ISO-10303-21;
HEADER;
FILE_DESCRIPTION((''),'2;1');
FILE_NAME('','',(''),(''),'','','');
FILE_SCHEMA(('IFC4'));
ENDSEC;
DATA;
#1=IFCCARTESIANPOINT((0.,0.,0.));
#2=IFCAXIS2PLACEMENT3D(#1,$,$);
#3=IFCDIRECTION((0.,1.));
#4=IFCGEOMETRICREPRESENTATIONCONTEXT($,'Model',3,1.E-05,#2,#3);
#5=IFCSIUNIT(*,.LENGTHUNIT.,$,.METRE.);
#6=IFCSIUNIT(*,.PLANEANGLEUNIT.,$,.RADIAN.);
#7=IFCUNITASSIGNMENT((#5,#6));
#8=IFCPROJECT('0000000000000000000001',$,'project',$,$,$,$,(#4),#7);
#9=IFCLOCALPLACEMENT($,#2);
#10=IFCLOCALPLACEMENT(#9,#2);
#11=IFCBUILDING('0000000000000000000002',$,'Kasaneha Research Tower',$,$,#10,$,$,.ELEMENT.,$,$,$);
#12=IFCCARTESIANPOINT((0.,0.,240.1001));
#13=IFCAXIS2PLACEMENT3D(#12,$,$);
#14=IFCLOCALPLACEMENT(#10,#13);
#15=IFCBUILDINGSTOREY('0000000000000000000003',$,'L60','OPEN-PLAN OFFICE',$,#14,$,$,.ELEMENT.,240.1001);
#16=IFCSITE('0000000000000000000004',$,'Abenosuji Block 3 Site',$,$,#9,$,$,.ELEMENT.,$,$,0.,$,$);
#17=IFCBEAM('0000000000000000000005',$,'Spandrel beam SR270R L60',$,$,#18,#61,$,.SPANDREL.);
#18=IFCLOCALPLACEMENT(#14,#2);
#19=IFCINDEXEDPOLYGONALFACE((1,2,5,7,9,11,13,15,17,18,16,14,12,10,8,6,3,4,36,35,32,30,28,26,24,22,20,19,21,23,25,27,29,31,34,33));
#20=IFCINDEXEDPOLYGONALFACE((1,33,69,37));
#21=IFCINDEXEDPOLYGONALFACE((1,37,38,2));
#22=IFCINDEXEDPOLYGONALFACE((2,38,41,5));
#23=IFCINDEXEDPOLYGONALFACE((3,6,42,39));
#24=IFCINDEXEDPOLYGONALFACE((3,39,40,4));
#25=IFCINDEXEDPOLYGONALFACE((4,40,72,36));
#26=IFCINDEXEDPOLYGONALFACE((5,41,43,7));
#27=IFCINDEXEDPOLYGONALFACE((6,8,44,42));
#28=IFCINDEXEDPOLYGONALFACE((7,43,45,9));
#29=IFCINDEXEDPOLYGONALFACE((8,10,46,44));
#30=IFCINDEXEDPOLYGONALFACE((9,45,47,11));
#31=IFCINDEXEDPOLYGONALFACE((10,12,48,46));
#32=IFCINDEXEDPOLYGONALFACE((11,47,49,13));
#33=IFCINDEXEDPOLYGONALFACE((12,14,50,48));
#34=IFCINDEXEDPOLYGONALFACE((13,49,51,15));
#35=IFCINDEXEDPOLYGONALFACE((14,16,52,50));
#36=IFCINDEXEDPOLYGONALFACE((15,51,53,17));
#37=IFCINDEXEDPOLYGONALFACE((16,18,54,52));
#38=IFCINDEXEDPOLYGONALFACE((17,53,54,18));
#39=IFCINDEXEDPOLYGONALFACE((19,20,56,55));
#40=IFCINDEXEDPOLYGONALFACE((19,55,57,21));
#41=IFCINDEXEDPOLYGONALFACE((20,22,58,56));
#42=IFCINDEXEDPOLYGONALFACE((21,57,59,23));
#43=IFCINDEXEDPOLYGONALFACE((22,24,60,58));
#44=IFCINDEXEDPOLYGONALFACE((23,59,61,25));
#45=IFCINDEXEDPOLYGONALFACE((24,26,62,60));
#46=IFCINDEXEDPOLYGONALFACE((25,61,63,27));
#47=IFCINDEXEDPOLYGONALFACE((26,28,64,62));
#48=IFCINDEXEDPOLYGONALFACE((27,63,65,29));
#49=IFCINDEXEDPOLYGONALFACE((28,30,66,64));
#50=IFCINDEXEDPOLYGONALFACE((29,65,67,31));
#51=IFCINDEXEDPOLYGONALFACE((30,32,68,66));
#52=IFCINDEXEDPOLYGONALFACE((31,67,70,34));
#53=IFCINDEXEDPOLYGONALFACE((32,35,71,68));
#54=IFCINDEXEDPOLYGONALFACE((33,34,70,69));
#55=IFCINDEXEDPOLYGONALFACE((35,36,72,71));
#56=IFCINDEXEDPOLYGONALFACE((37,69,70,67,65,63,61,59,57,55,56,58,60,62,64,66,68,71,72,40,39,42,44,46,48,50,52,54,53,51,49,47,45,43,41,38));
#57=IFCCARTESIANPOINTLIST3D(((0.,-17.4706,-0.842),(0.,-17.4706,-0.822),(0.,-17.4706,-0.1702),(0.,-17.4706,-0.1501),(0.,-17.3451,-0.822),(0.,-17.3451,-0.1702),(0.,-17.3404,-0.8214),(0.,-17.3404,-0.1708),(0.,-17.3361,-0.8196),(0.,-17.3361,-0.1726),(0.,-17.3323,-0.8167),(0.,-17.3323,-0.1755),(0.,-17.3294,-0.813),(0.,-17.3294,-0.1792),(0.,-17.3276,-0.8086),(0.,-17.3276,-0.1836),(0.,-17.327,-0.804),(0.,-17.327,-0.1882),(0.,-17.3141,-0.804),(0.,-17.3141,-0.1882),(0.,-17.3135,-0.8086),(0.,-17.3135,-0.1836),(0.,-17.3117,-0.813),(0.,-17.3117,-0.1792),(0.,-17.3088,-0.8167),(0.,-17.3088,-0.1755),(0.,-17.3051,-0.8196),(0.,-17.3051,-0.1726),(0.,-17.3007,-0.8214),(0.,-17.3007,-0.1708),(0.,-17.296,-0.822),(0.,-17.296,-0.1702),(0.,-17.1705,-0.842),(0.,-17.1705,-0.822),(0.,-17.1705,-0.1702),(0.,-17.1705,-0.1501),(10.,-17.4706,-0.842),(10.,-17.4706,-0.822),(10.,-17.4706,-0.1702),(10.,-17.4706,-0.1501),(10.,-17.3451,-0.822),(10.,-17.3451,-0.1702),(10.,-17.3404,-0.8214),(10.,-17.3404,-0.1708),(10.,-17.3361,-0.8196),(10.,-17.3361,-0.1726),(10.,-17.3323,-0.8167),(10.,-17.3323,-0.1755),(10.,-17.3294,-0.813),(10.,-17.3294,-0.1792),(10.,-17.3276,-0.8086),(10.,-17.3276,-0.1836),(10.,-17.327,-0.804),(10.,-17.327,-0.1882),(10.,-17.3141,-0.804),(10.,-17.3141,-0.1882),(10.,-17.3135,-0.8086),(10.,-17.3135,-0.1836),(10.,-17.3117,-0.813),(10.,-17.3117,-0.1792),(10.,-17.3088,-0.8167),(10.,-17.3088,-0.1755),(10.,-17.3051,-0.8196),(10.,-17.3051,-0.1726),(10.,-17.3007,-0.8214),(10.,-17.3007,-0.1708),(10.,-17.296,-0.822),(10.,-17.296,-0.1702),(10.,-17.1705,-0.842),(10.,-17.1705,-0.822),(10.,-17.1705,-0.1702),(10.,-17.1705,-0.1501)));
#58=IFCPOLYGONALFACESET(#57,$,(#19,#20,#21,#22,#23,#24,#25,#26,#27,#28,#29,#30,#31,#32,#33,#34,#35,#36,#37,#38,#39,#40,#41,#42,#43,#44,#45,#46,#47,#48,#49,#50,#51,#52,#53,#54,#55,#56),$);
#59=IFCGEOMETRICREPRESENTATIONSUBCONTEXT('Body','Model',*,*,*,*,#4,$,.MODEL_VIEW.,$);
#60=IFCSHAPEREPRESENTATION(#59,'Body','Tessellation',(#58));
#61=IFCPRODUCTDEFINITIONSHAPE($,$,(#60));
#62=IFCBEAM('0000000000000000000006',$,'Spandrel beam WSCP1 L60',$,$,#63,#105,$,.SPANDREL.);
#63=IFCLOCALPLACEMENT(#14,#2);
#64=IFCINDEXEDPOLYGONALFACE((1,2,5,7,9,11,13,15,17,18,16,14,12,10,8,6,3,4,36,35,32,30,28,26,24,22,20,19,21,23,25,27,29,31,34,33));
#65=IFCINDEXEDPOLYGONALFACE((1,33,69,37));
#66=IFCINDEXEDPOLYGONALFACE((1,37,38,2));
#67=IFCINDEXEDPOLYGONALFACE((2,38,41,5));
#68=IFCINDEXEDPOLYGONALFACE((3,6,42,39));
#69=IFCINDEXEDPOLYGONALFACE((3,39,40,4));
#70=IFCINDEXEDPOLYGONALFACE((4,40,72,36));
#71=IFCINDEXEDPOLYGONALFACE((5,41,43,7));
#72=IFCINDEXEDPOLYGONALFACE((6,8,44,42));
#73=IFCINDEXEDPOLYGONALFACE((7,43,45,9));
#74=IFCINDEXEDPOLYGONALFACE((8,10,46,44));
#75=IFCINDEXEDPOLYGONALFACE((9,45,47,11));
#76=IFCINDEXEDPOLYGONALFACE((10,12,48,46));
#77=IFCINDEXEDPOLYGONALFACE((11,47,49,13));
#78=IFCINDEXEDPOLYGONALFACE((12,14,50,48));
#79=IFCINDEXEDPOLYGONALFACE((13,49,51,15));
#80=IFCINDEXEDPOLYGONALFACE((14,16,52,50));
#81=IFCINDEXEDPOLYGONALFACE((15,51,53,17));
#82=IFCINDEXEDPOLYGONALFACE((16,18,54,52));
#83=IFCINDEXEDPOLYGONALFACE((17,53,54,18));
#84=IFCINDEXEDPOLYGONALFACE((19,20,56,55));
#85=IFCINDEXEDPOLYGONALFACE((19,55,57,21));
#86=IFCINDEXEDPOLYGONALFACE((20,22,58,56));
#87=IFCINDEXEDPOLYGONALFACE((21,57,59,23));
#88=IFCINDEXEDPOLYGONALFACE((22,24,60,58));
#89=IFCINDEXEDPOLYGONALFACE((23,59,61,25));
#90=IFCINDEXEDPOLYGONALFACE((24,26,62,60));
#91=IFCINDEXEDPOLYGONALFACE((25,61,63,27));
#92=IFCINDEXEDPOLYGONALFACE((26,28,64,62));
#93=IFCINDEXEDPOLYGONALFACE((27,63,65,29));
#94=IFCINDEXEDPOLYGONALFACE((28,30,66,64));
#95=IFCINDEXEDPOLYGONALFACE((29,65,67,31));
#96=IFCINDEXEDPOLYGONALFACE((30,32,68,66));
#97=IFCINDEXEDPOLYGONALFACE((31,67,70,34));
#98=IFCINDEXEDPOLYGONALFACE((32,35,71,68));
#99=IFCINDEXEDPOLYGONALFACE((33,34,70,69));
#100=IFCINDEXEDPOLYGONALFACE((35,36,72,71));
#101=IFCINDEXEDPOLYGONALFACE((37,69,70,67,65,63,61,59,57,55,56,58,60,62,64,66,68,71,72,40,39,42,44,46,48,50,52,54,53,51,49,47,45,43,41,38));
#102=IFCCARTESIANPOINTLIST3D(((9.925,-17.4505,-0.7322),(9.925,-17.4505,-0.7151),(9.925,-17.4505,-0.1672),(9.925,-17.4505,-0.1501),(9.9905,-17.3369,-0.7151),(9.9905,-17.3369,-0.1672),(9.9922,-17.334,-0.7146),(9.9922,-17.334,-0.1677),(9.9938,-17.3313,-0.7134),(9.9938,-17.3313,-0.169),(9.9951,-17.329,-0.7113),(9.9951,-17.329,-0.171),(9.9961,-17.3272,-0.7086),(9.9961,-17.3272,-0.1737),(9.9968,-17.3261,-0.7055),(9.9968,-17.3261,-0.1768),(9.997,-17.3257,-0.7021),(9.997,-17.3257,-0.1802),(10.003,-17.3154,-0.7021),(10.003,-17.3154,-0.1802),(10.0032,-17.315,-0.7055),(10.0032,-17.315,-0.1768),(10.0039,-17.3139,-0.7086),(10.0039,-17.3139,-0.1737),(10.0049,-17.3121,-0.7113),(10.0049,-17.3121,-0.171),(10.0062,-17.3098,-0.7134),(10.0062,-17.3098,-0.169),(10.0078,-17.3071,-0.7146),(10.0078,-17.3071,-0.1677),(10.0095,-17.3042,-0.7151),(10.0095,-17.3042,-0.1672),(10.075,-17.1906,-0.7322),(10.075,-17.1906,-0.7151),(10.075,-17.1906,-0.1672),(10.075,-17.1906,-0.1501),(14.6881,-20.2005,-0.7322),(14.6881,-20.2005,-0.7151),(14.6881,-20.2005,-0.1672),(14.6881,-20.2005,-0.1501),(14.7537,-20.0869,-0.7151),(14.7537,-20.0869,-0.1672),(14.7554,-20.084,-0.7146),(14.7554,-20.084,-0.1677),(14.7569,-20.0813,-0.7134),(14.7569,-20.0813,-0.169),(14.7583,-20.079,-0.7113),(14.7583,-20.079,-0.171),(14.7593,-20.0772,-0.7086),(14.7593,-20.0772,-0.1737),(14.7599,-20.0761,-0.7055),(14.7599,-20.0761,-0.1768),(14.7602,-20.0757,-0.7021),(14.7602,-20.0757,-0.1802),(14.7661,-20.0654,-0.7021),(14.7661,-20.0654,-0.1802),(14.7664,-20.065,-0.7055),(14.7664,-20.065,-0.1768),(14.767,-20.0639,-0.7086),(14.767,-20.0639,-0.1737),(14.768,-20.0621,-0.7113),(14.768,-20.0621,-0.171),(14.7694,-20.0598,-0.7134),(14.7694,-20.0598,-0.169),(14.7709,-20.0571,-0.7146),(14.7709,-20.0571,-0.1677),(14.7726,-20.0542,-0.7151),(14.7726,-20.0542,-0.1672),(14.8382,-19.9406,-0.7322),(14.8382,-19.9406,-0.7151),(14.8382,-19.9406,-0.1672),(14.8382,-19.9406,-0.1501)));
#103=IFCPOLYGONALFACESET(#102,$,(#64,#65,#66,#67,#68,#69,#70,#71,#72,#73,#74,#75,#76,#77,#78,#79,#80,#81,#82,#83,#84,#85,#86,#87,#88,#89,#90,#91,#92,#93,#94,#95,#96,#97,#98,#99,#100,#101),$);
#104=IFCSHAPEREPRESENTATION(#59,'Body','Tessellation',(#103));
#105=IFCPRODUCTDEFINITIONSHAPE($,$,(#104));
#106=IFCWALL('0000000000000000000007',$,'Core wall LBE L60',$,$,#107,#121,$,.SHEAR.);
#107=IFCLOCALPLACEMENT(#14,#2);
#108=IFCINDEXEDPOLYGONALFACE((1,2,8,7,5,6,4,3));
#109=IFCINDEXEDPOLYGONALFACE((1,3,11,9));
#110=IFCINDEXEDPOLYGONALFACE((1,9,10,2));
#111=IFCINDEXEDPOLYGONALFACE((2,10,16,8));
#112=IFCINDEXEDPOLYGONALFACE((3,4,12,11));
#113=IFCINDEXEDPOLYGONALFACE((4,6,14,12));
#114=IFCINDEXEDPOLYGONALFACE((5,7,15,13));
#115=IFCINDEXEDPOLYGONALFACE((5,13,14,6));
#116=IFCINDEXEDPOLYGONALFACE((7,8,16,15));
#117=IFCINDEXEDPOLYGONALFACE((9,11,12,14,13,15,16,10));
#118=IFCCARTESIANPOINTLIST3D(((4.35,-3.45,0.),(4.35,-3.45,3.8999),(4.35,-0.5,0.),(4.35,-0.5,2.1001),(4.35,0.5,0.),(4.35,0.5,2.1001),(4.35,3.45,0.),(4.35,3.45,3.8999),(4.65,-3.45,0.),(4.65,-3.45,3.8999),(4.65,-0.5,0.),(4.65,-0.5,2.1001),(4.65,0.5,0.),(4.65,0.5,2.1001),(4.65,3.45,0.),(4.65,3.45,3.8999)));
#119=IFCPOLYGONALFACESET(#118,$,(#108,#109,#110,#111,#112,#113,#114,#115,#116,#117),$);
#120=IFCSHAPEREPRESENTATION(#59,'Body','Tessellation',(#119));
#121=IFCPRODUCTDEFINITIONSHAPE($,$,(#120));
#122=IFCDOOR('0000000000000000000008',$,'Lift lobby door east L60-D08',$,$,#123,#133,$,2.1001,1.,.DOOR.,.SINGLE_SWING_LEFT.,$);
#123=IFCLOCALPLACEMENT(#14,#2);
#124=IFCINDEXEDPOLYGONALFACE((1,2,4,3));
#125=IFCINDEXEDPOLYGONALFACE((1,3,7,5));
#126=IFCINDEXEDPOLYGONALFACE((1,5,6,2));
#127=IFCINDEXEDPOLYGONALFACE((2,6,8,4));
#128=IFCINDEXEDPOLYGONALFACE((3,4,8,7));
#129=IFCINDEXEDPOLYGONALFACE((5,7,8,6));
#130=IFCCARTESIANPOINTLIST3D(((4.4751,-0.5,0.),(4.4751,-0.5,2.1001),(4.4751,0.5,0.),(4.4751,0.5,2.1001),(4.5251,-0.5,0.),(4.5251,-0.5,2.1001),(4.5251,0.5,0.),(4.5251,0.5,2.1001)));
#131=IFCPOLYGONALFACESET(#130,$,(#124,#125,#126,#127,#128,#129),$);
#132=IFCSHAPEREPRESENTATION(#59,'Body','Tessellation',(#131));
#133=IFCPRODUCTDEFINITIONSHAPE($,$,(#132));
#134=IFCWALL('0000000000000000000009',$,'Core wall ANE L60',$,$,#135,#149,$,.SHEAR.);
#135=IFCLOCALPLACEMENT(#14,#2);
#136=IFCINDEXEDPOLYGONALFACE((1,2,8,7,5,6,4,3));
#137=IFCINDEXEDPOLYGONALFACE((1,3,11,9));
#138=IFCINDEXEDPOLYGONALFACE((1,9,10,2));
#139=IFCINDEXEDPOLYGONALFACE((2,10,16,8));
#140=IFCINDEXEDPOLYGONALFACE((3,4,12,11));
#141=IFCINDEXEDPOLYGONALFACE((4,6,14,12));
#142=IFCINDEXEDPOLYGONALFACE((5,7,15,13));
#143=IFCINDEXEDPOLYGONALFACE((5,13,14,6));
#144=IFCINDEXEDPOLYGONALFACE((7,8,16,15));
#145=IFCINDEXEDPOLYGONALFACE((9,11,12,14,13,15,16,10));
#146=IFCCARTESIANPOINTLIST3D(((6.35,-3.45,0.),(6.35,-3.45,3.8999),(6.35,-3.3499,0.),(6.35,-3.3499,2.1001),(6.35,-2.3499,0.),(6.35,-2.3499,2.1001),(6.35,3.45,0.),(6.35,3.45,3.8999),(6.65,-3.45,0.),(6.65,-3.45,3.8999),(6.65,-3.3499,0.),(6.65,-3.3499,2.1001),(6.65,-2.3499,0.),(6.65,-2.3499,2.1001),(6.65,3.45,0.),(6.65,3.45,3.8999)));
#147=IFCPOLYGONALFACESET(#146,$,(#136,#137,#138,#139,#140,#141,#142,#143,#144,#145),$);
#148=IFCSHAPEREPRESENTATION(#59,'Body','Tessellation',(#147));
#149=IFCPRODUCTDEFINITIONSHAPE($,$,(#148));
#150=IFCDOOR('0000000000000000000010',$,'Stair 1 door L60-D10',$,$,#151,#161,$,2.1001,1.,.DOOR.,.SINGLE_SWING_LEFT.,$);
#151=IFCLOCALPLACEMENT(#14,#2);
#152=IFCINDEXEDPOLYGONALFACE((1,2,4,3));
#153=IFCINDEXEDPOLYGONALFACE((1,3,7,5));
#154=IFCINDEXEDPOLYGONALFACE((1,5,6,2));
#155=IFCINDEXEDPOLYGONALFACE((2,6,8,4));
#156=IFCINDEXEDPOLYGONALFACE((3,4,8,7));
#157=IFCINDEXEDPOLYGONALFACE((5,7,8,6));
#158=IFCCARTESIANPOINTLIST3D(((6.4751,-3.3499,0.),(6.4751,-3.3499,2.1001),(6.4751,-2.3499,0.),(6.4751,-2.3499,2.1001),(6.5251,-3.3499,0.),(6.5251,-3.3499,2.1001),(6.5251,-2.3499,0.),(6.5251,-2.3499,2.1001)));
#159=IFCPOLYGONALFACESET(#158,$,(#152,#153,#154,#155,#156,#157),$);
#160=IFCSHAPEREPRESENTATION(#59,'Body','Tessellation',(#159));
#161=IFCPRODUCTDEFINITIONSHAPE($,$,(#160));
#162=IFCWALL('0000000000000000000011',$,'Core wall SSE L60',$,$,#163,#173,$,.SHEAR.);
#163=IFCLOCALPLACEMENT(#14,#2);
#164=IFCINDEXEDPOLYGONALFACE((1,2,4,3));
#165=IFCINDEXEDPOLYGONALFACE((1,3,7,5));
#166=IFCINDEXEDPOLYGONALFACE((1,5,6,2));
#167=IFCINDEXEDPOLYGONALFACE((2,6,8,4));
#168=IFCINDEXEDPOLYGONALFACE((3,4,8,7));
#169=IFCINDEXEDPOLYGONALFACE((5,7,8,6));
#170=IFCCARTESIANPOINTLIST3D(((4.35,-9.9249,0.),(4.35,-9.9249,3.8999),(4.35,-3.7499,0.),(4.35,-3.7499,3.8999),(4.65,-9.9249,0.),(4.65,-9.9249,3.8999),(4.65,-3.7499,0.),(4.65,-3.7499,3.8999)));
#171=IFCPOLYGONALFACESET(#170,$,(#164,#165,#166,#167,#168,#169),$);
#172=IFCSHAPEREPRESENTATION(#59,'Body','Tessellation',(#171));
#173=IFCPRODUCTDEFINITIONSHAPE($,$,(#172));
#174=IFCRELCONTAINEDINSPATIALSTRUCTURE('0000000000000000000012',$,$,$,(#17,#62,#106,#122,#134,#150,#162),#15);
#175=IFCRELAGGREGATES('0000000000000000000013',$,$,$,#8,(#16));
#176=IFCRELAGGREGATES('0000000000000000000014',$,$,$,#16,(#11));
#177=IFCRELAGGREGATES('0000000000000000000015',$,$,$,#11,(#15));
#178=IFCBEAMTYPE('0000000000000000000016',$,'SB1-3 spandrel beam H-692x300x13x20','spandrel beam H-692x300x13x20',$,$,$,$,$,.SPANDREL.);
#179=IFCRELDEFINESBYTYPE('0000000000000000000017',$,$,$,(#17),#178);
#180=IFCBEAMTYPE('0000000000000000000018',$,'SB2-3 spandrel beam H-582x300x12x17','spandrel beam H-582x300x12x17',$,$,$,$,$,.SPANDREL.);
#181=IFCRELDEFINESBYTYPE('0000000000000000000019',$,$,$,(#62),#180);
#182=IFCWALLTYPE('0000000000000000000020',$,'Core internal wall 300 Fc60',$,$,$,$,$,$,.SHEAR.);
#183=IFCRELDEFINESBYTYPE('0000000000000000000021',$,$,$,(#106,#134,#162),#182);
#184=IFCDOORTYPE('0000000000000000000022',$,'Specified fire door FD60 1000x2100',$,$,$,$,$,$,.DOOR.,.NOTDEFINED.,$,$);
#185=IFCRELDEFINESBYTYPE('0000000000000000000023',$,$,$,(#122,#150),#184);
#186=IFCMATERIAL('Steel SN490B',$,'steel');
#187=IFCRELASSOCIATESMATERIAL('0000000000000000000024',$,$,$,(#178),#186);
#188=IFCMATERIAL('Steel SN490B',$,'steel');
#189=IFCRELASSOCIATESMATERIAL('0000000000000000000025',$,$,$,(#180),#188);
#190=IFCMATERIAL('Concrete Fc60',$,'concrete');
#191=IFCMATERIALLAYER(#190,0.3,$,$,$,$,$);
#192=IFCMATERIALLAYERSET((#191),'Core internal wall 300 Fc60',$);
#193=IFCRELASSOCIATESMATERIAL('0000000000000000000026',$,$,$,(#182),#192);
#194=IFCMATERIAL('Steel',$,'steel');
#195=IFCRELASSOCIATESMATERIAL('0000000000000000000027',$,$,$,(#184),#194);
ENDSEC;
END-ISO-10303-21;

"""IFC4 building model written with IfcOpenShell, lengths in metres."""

from ifc_helpers import new_model, si_unit, direction, frame, frame_2d, origin, origin_2d, place, context, subcontext, project, spatial, rectangle, i_section, extrude, material, layer, layer_set, material_profile, profile_set, type_object, element, fill, save


model = new_model("IFC4")

# Units and contexts
model_context = context("Model", 3, precision=1e-05, world=origin(), true_north=direction((0.0, 1.0)))
body_context = subcontext(model_context, "Body", "Model", "MODEL_VIEW")
ifc_project = project(units=[si_unit("LENGTHUNIT", "METRE"), si_unit("PLANEANGLEUNIT", "RADIAN")], contexts=[model_context])

# Site, building, storey
site_placement = place(None, origin())
site = spatial("IfcSite", under=ifc_project, at=site_placement, Name="Abenosuji Block 3 Site", CompositionType="ELEMENT", RefElevation=0.0)
building_placement = place(site_placement, origin())
building = spatial("IfcBuilding", under=site, at=building_placement, Name="Kasaneha Research Tower", CompositionType="ELEMENT")
storey_placement = place(building_placement, frame((0.0, 0.0, 240.1001)))
storey = spatial("IfcBuildingStorey", under=building, at=storey_placement, Name="L60", Description="OPEN-PLAN OFFICE", CompositionType="ELEMENT", Elevation=240.1001)

# Beams
ifc_material_1 = material(Name="Steel SN490B", Category="steel")
ifc_material_profile_1 = material_profile(ifc_material_1, i_section(OverallWidth=0.3, OverallDepth=0.6919, WebThickness=0.0129, FlangeThickness=0.02, FilletRadius=0.0181, at=origin_2d()), Name="H-692x300x13x20")
ifc_profile_set_1 = profile_set([ifc_material_profile_1], Name="Steel SN490B")
beam_type_1 = type_object("IfcBeamType", Name="SB1-3 spandrel beam H-692x300x13x20", Description="spandrel beam H-692x300x13x20", PredefinedType="SPANDREL", material=ifc_profile_set_1)
beam_1_placement = place(storey_placement, frame((10.0, -17.3206, -0.4961), z_axis=(-1.0, 0.0, 0.0), x_axis=(0.0, -1.0, 0.0)))
element("IfcBeam", 1, at=beam_1_placement, inside=storey, type_object=beam_type_1, Name="Spandrel beam SR270R L60", PredefinedType="SPANDREL", context=body_context, shape_type="SweptSolid", body=[
    extrude(i_section(OverallWidth=0.3, OverallDepth=0.6919, WebThickness=0.0129, FlangeThickness=0.02, FilletRadius=0.0181, at=origin_2d()), origin(), (0.0, 0.0, 1.0), 10.0),
])
ifc_material_2 = material(Name="Steel SN490B", Category="steel")
ifc_material_profile_2 = material_profile(ifc_material_2, i_section(OverallWidth=0.3, OverallDepth=0.582, WebThickness=0.012, FlangeThickness=0.0171, FilletRadius=0.0129, at=origin_2d()), Name="H-582x300x12x17")
ifc_profile_set_2 = profile_set([ifc_material_profile_2], Name="Steel SN490B")
beam_type_2 = type_object("IfcBeamType", Name="SB2-3 spandrel beam H-582x300x12x17", Description="spandrel beam H-582x300x12x17", PredefinedType="SPANDREL", material=ifc_profile_set_2)
beam_2_placement = place(storey_placement, frame((10.0, -17.3206, -0.4412), z_axis=(0.866027, -0.499997, 0.0), x_axis=(0.499997, 0.866027, 0.0)))
element("IfcBeam", 2, at=beam_2_placement, inside=storey, type_object=beam_type_2, Name="Spandrel beam WSCP1 L60", PredefinedType="SPANDREL", context=body_context, shape_type="SweptSolid", body=[
    extrude(i_section(OverallWidth=0.3, OverallDepth=0.582, WebThickness=0.012, FlangeThickness=0.0171, FilletRadius=0.0129, at=origin_2d()), origin(), (0.0, 0.0, 1.0), 5.5),
])

# Walls, openings, doors
ifc_material_3 = material(Name="Concrete Fc60", Category="concrete")
ifc_layer_1 = layer(ifc_material_3, 0.3)
ifc_layer_set_1 = layer_set([ifc_layer_1], Name="Core internal wall 300 Fc60")
wall_type_1 = type_object("IfcWallType", Name="Core internal wall 300 Fc60", PredefinedType="SHEAR", material=ifc_layer_set_1)
wall_1_placement = place(storey_placement, frame((4.5, -3.45, 0.0), z_axis=(0.0, 0.0, 1.0), x_axis=(0.0, 1.0, 0.0)))
wall_1 = element("IfcWall", 3, at=wall_1_placement, inside=storey, type_object=wall_type_1, Name="Core wall LBE L60", PredefinedType="SHEAR", context=body_context, shape_type="SweptSolid", body=[
    extrude(rectangle(XDim=6.8999, YDim=0.3, at=frame_2d((3.45, 0.0))), origin(), (0.0, 0.0, 1.0), 3.8999),
])
opening_1_placement = place(wall_1_placement, frame((2.95, 0.0, 0.0)))
opening_1 = element("IfcOpeningElement", 4, at=opening_1_placement, cuts=wall_1, PredefinedType="OPENING", context=body_context, shape_type="SweptSolid", body=[
    extrude(rectangle(XDim=1.0, YDim=2.1001, at=frame_2d((0.5, 1.05))), frame((0.0, 0.1602, 0.0), z_axis=(0.0, -1.0, 0.0), x_axis=(1.0, 0.0, 0.0)), (0.0, 0.0, 1.0), 0.3201),
])
ifc_material_4 = material(Name="Steel", Category="steel")
door_type_1 = type_object("IfcDoorType", Name="Specified fire door FD60 1000x2100", OperationType="NOTDEFINED", PredefinedType="DOOR", material=ifc_material_4)
door_1_placement = place(opening_1_placement, origin())
door_1 = element("IfcDoor", 5, at=door_1_placement, inside=storey, type_object=door_type_1, Name="Lift lobby door east L60-D08", OperationType="SINGLE_SWING_LEFT", OverallHeight=2.1001, OverallWidth=1.0, PredefinedType="DOOR", context=body_context, shape_type="SweptSolid", body=[
    extrude(rectangle(XDim=1.0, YDim=2.1001, at=frame_2d((0.5, 1.05))), frame((0.0, 0.0249, 0.0), z_axis=(0.0, -1.0, 0.0), x_axis=(1.0, 0.0, 0.0)), (0.0, 0.0, 1.0), 0.05),
])
fill(opening_1, door_1)
wall_2_placement = place(storey_placement, frame((6.5, -3.45, 0.0), z_axis=(0.0, 0.0, 1.0), x_axis=(0.0, 1.0, 0.0)))
wall_2 = element("IfcWall", 6, at=wall_2_placement, inside=storey, type_object=wall_type_1, Name="Core wall ANE L60", PredefinedType="SHEAR", context=body_context, shape_type="SweptSolid", body=[
    extrude(rectangle(XDim=6.8999, YDim=0.3, at=frame_2d((3.45, 0.0))), origin(), (0.0, 0.0, 1.0), 3.8999),
])
opening_2_placement = place(wall_2_placement, frame((0.1001, 0.0, 0.0)))
opening_2 = element("IfcOpeningElement", 7, at=opening_2_placement, cuts=wall_2, PredefinedType="OPENING", context=body_context, shape_type="SweptSolid", body=[
    extrude(rectangle(XDim=1.0, YDim=2.1001, at=frame_2d((0.5, 1.05))), frame((0.0, 0.1602, 0.0), z_axis=(0.0, -1.0, 0.0), x_axis=(1.0, 0.0, 0.0)), (0.0, 0.0, 1.0), 0.3201),
])
door_2_placement = place(opening_2_placement, origin())
door_2 = element("IfcDoor", 8, at=door_2_placement, inside=storey, type_object=door_type_1, Name="Stair 1 door L60-D10", OperationType="SINGLE_SWING_LEFT", OverallHeight=2.1001, OverallWidth=1.0, PredefinedType="DOOR", context=body_context, shape_type="SweptSolid", body=[
    extrude(rectangle(XDim=1.0, YDim=2.1001, at=frame_2d((0.5, 1.05))), frame((0.0, 0.0249, 0.0), z_axis=(0.0, -1.0, 0.0), x_axis=(1.0, 0.0, 0.0)), (0.0, 0.0, 1.0), 0.05),
])
fill(opening_2, door_2)

# Wall
wall_3_placement = place(storey_placement, frame((4.5, -3.75, 0.0), z_axis=(0.0, 0.0, 1.0), x_axis=(0.0, -1.0, 0.0)))
element("IfcWall", 9, at=wall_3_placement, inside=storey, type_object=wall_type_1, Name="Core wall SSE L60", PredefinedType="SHEAR", context=body_context, shape_type="SweptSolid", body=[
    extrude(rectangle(XDim=6.175, YDim=0.3, at=frame_2d((3.0874, 0.0))), origin(), (0.0, 0.0, 1.0), 3.8999),
])

save(model, "model.ifc")
